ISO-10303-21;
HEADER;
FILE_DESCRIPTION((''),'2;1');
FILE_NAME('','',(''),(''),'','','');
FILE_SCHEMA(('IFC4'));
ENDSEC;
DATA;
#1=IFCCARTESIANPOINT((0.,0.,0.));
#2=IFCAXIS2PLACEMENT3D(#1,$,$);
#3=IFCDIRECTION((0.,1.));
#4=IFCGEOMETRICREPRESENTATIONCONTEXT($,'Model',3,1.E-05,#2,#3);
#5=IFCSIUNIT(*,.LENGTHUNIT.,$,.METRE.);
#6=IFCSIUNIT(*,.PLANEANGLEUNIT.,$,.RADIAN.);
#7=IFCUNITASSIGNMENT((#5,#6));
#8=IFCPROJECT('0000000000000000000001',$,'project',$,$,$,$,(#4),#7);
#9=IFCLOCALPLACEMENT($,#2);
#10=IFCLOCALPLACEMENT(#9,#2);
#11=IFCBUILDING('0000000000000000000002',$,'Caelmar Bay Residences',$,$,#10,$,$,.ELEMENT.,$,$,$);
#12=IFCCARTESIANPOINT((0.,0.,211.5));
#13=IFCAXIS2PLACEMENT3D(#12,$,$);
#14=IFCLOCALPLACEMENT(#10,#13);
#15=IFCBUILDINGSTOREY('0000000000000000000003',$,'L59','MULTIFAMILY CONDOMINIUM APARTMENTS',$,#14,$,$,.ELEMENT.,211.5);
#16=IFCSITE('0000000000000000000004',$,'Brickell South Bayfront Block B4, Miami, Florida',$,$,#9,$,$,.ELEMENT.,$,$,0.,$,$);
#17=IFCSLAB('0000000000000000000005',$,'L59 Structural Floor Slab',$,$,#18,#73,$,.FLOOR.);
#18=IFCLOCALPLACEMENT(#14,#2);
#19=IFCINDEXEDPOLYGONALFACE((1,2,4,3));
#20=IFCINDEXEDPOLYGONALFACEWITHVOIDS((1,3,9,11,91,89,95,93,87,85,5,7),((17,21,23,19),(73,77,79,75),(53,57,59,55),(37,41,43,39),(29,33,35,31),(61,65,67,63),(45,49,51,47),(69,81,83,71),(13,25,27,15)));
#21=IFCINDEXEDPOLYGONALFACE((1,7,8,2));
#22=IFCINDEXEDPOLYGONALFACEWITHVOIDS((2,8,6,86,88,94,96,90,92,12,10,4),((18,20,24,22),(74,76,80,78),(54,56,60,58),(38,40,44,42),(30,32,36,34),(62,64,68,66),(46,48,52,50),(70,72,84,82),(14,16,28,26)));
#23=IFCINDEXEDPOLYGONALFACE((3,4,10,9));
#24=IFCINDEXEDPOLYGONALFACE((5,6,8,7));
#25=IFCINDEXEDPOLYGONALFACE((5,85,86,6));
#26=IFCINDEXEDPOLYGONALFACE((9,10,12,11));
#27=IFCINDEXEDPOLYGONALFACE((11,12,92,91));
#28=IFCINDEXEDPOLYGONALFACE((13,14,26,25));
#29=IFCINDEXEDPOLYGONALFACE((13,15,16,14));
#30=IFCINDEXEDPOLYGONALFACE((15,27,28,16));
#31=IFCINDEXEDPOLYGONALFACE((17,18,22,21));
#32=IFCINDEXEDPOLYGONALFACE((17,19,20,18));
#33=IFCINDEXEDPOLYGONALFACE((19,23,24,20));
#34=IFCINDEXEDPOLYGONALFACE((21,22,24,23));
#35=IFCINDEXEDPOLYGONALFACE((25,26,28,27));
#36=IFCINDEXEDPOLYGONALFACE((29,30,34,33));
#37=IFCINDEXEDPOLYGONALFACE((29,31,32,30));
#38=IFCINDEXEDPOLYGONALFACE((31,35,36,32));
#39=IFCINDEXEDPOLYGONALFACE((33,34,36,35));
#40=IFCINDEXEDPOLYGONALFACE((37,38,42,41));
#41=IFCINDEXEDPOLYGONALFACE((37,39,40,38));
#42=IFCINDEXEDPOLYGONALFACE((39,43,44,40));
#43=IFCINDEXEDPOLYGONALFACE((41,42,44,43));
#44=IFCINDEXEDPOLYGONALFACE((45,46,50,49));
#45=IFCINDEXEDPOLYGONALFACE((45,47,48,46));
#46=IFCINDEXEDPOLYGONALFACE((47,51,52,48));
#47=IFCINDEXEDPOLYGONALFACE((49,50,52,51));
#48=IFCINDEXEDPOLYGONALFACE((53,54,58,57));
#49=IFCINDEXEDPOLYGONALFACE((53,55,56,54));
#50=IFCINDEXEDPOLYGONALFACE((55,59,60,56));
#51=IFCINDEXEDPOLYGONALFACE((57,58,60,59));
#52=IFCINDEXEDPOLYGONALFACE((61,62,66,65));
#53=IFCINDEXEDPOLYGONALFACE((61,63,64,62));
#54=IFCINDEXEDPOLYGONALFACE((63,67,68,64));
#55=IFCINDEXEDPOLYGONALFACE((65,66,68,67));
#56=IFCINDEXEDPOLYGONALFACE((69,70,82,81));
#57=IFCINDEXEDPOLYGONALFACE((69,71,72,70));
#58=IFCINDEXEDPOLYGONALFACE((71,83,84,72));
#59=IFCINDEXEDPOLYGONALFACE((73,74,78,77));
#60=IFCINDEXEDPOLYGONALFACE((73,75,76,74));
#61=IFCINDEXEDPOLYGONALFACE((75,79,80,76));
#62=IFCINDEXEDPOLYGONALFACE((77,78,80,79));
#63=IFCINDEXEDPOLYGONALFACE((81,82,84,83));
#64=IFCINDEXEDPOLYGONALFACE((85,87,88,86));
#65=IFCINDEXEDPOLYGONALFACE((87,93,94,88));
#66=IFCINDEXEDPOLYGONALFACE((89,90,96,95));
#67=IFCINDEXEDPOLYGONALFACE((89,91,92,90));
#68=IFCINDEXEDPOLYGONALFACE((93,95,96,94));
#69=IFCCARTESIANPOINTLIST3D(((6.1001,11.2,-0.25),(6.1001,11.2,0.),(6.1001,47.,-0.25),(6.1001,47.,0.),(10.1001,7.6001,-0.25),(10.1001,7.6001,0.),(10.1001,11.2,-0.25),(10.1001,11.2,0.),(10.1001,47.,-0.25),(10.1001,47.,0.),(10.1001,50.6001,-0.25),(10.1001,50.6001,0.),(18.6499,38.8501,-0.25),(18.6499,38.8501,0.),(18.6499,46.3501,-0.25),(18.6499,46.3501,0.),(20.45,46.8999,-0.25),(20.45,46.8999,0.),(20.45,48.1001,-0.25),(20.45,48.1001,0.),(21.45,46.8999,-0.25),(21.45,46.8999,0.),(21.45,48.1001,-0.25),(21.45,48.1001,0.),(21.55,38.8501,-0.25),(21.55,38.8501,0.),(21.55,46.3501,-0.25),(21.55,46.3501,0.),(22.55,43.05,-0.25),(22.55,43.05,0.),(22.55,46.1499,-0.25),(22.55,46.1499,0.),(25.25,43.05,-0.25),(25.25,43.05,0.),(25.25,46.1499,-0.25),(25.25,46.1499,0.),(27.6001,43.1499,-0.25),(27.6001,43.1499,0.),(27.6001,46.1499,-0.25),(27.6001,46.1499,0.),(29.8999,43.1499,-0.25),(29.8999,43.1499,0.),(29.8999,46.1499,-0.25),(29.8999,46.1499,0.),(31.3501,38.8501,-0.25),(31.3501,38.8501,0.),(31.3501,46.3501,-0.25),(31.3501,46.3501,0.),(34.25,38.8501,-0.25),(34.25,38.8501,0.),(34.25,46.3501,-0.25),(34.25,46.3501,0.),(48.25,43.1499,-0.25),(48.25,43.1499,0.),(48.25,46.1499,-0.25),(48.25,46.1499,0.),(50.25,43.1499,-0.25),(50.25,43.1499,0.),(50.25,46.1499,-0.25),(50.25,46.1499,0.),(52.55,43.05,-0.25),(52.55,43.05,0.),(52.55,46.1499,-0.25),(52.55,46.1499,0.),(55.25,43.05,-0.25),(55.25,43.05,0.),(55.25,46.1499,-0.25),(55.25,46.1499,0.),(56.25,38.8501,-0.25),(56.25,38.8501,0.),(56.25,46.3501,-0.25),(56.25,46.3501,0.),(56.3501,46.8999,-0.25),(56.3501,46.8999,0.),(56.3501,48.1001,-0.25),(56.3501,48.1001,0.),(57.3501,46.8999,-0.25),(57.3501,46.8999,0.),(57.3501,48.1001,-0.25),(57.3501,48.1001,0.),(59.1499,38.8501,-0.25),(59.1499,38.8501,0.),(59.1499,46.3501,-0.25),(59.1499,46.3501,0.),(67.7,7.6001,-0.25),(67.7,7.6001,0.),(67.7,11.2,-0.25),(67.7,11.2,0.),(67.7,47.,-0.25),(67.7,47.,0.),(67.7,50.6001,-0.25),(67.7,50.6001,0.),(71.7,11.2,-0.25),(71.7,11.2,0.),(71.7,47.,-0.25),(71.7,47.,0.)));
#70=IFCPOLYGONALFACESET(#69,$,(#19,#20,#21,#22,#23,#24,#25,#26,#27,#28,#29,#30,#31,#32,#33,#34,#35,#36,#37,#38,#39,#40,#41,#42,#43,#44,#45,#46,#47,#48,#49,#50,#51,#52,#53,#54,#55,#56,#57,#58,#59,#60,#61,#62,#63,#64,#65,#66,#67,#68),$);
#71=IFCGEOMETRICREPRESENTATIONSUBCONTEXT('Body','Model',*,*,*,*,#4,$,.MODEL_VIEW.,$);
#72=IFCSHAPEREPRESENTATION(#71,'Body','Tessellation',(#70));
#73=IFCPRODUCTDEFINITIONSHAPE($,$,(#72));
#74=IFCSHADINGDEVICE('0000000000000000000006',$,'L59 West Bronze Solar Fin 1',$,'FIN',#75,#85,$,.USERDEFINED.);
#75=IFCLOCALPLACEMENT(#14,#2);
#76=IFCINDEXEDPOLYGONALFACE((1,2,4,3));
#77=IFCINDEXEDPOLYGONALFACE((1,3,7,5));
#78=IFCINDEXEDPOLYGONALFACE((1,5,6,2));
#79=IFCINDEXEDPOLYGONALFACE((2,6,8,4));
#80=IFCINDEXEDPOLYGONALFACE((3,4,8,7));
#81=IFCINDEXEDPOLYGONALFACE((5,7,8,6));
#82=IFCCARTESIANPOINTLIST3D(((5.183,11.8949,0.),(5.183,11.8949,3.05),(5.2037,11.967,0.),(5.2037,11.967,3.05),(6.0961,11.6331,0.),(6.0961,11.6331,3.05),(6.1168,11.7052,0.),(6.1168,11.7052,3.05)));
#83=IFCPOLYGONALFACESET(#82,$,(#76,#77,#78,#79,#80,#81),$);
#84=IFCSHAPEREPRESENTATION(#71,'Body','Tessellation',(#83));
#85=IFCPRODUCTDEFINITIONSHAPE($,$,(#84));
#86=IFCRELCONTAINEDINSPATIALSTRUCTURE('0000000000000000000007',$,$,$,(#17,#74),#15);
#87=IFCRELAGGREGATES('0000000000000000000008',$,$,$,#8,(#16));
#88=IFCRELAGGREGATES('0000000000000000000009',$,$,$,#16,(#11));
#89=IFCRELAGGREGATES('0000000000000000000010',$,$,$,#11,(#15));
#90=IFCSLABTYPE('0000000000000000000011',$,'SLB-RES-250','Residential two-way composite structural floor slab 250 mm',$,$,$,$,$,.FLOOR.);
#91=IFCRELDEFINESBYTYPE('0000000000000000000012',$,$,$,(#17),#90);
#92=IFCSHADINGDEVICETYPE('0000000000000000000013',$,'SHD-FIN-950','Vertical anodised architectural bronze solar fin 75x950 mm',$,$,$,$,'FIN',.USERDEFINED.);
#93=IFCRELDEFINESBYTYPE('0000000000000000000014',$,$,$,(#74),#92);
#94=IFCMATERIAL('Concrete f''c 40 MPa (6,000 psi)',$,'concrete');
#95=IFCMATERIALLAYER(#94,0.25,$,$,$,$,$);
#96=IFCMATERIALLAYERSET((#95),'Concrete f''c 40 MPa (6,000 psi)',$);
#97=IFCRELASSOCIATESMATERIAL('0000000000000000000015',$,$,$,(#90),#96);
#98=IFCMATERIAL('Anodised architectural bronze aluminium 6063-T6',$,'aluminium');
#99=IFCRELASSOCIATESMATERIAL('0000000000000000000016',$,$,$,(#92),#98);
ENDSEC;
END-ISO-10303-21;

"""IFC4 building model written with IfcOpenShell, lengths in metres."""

from ifc_helpers import new_model, si_unit, direction, frame, origin, origin_2d, place, context, subcontext, project, spatial, polyline, rectangle, outline, extrude, material, layer, layer_set, material_profile, profile_set, type_object, element, save


model = new_model("IFC4")

# Units and contexts
model_context = context("Model", 3, precision=1e-05, world=origin(), true_north=direction((0.0, 1.0)))
body_context = subcontext(model_context, "Body", "Model", "MODEL_VIEW")
ifc_project = project(units=[si_unit("LENGTHUNIT", "METRE"), si_unit("PLANEANGLEUNIT", "RADIAN")], contexts=[model_context])

# Site, building, storey
site_placement = place(None, origin())
site = spatial("IfcSite", under=ifc_project, at=site_placement, Name="Brickell South Bayfront Block B4, Miami, Florida", CompositionType="ELEMENT", RefElevation=0.0)
building_placement = place(site_placement, origin())
building = spatial("IfcBuilding", under=site, at=building_placement, Name="Caelmar Bay Residences", CompositionType="ELEMENT")
storey_placement = place(building_placement, frame((0.0, 0.0, 211.5)))
storey = spatial("IfcBuildingStorey", under=building, at=storey_placement, Name="L59", Description="MULTIFAMILY CONDOMINIUM APARTMENTS", CompositionType="ELEMENT", Elevation=211.5)

# Shared definitions
ifc_material_1 = material(Name="Concrete f'c 40 MPa (6,000 psi)", Category="concrete")

# Slab
ifc_layer_1 = layer(ifc_material_1, 0.25)
ifc_layer_set_1 = layer_set([ifc_layer_1], Name="Concrete f'c 40 MPa (6,000 psi)")
slab_type_1 = type_object("IfcSlabType", Name="SLB-RES-250", Description="Residential two-way composite structural floor slab 250 mm", PredefinedType="FLOOR", material=ifc_layer_set_1)
slab_1_placement = place(storey_placement, frame((0.0, 0.0, -0.25)))
element("IfcSlab", 1, at=slab_1_placement, inside=storey, type_object=slab_type_1, Name="L59 Structural Floor Slab", PredefinedType="FLOOR", context=body_context, shape_type="SweptSolid", body=[
    extrude(outline(polyline([(10.1001, 7.6001), (67.7, 7.6001), (67.7, 11.2), (71.7, 11.2), (71.7, 47.0), (67.7, 47.0), (67.7, 50.6001), (10.1001, 50.6001), (10.1001, 47.0), (6.1001, 47.0), (6.1001, 11.2), (10.1001, 11.2), (10.1001, 7.6001)]), holes=[polyline([(18.6499, 38.8501), (21.55, 38.8501), (21.55, 46.3501), (18.6499, 46.3501), (18.6499, 38.8501)]), polyline([(56.25, 38.8501), (59.1499, 38.8501), (59.1499, 46.3501), (56.25, 46.3501), (56.25, 38.8501)]), polyline([(31.3501, 38.8501), (34.25, 38.8501), (34.25, 46.3501), (31.3501, 46.3501), (31.3501, 38.8501)]), polyline([(22.55, 43.05), (25.25, 43.05), (25.25, 46.1499), (22.55, 46.1499), (22.55, 43.05)]), polyline([(52.55, 43.05), (55.25, 43.05), (55.25, 46.1499), (52.55, 46.1499), (52.55, 43.05)]), polyline([(48.25, 43.1499), (50.25, 43.1499), (50.25, 46.1499), (48.25, 46.1499), (48.25, 43.1499)]), polyline([(27.6001, 43.1499), (29.8999, 43.1499), (29.8999, 46.1499), (27.6001, 46.1499), (27.6001, 43.1499)]), polyline([(20.45, 46.8999), (21.45, 46.8999), (21.45, 48.1001), (20.45, 48.1001), (20.45, 46.8999)]), polyline([(56.3501, 46.8999), (57.3501, 46.8999), (57.3501, 48.1001), (56.3501, 48.1001), (56.3501, 46.8999)])]), origin(), (0.0, 0.0, 1.0), 0.25),
])

# Shading device
ifc_material_2 = material(Name="Anodised architectural bronze aluminium 6063-T6", Category="aluminium")
ifc_material_profile_1 = material_profile(ifc_material_2, rectangle(XDim=0.075, YDim=0.95, at=origin_2d()), Name="BRONZE-FIN-75X950")
ifc_profile_set_1 = profile_set([ifc_material_profile_1], Name="Anodised architectural bronze aluminium 6063-T6")
shading_device_type = type_object("IfcShadingDeviceType", Name="SHD-FIN-950", Description="Vertical anodised architectural bronze solar fin 75x950 mm", ElementType="FIN", PredefinedType="USERDEFINED", material=ifc_profile_set_1)
shading_device_placement = place(storey_placement, frame((5.6499, 11.8, 0.0), z_axis=(0.0, 0.0, 1.0), x_axis=(0.275637, 0.961262, 0.0)))
element("IfcShadingDevice", 2, at=shading_device_placement, inside=storey, type_object=shading_device_type, Name="L59 West Bronze Solar Fin 1", ObjectType="FIN", PredefinedType="USERDEFINED", context=body_context, shape_type="SweptSolid", body=[
    extrude(rectangle(XDim=0.075, YDim=0.95, at=origin_2d()), origin(), (0.0, 0.0, 1.0), 3.05),
])

save(model, "model.ifc")
